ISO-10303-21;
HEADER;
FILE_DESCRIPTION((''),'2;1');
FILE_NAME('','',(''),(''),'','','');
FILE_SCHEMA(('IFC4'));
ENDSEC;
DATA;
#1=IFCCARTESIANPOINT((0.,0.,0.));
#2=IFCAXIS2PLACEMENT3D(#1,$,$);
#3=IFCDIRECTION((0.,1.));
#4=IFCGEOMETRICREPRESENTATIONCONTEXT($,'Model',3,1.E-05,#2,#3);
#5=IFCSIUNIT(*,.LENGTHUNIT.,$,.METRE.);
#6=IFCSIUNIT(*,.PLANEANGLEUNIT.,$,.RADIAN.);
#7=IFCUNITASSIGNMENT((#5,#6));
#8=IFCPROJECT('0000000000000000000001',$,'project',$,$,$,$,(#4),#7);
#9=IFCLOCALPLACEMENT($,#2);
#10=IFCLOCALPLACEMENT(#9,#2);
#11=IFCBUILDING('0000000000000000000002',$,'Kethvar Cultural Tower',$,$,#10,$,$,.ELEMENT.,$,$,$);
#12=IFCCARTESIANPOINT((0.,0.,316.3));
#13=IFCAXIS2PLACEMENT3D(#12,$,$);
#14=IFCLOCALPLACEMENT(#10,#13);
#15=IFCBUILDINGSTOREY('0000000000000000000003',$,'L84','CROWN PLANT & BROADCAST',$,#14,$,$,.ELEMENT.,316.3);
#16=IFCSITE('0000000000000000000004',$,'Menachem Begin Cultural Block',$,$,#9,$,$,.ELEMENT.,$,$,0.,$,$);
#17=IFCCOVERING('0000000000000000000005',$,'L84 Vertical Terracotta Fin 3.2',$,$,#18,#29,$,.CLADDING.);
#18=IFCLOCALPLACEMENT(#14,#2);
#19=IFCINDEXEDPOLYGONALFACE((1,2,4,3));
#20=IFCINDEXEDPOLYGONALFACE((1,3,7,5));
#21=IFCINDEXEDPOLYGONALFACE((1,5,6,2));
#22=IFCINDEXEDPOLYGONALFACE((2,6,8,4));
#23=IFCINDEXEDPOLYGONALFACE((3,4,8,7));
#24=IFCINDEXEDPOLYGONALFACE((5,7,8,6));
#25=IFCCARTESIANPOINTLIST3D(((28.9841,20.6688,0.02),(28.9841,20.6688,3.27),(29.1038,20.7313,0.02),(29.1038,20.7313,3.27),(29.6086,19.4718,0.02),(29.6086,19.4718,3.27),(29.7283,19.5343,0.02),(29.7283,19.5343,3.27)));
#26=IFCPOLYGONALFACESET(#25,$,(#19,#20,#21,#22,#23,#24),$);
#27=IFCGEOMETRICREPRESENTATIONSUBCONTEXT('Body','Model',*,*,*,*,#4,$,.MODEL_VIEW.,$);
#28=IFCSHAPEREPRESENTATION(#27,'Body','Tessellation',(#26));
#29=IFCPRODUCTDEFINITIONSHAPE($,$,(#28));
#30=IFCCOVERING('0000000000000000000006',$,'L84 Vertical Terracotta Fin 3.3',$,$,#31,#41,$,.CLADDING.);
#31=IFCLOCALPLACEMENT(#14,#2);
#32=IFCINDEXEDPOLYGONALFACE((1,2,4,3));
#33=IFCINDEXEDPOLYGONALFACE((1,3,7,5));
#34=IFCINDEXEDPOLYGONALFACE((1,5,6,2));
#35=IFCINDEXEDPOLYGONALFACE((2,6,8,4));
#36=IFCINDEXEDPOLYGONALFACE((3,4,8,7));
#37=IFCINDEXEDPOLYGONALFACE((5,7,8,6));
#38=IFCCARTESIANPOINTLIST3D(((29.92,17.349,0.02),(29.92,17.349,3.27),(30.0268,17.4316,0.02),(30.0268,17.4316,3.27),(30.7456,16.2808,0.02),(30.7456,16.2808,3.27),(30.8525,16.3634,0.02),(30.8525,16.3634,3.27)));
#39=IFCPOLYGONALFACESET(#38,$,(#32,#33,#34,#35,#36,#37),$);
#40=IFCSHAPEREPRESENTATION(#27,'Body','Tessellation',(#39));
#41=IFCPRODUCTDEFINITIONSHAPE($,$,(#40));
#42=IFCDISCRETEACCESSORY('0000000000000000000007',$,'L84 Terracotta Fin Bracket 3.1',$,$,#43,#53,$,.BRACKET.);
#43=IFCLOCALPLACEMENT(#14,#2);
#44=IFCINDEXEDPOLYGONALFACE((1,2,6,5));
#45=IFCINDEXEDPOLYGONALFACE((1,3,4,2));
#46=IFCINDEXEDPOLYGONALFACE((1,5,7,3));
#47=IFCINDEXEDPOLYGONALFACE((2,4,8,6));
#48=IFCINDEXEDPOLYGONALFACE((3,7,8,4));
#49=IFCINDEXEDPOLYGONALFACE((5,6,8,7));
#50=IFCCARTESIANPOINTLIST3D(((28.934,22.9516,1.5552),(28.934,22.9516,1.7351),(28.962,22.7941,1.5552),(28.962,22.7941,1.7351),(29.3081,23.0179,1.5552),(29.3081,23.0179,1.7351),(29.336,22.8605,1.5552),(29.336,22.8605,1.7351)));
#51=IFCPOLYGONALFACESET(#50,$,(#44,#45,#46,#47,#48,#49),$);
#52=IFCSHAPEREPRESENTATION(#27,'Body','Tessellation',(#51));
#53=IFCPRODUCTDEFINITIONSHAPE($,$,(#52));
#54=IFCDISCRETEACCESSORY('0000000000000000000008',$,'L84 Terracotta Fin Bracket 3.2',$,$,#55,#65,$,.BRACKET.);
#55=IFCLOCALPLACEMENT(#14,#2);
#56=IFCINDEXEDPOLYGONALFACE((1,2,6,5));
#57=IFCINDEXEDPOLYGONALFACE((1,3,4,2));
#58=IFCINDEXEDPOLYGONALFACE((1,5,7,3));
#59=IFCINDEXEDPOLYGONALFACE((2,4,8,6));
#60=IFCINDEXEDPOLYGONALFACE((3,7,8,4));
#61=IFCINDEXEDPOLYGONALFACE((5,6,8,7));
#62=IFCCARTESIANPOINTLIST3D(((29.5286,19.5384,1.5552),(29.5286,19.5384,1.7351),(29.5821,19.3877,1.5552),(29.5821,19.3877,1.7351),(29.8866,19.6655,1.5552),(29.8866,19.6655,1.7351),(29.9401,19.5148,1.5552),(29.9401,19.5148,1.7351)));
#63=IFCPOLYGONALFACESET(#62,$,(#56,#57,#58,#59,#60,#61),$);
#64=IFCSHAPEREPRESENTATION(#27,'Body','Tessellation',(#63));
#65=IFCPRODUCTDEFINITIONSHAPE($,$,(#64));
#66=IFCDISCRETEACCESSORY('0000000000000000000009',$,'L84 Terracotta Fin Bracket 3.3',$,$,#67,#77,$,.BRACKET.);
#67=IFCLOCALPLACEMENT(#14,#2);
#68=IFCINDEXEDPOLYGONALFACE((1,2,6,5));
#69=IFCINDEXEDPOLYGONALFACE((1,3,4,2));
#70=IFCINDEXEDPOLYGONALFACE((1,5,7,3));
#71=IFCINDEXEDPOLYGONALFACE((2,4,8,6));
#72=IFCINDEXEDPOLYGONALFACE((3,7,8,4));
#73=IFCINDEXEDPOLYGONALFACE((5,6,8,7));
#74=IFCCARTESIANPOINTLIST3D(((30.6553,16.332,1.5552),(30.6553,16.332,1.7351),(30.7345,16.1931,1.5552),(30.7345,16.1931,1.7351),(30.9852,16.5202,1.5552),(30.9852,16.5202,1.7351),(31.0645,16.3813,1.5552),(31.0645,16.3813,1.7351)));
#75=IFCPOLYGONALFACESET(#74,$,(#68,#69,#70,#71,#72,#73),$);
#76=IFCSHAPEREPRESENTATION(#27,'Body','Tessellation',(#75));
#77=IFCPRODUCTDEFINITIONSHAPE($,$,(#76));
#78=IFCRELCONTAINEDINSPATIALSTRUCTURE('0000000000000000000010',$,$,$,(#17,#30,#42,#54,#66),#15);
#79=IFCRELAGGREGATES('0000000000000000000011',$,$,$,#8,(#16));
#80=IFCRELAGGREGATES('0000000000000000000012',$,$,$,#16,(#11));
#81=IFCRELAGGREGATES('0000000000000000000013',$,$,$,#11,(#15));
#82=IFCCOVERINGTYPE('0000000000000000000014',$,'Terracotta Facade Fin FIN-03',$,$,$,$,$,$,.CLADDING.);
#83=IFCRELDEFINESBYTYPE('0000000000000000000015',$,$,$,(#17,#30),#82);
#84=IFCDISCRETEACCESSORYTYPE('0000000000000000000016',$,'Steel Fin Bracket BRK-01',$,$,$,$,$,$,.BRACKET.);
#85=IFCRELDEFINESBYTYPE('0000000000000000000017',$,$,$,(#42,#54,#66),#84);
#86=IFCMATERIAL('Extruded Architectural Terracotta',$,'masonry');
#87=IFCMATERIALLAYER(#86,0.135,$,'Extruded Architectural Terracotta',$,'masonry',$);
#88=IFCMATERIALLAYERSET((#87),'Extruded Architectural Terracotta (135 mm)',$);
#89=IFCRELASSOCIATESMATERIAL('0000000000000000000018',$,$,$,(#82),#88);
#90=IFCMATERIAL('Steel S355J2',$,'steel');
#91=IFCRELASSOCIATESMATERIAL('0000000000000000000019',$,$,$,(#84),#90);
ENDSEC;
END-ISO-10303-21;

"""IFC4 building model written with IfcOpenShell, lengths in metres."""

from ifc_helpers import new_model, si_unit, direction, frame, origin, origin_2d, place, context, subcontext, project, spatial, rectangle, extrude, source, transform, mapped, material, layer, layer_set, type_object, element, save


model = new_model("IFC4")

# Units and contexts
model_context = context("Model", 3, precision=1e-05, world=origin(), true_north=direction((0.0, 1.0)))
body_context = subcontext(model_context, "Body", "Model", "MODEL_VIEW")
ifc_project = project(units=[si_unit("LENGTHUNIT", "METRE"), si_unit("PLANEANGLEUNIT", "RADIAN")], contexts=[model_context])

# Site, building, storey
site_placement = place(None, origin())
site = spatial("IfcSite", under=ifc_project, at=site_placement, Name="Menachem Begin Cultural Block", CompositionType="ELEMENT", RefElevation=0.0)
building_placement = place(site_placement, origin())
building = spatial("IfcBuilding", under=site, at=building_placement, Name="Kethvar Cultural Tower", CompositionType="ELEMENT")
storey_placement = place(building_placement, frame((0.0, 0.0, 316.3)))
storey = spatial("IfcBuildingStorey", under=building, at=storey_placement, Name="L84", Description="CROWN PLANT & BROADCAST", CompositionType="ELEMENT", Elevation=316.3)

# Shared definitions
ifc_material_1 = material(Name="Steel S355J2", Category="steel")

# Coverings
ifc_material_2 = material(Name="Extruded Architectural Terracotta", Category="masonry")
ifc_layer_1 = layer(ifc_material_2, 0.135, Name="Extruded Architectural Terracotta", Category="masonry")
ifc_layer_set_1 = layer_set([ifc_layer_1], Name="Extruded Architectural Terracotta (135 mm)")
covering_type = type_object("IfcCoveringType", Name="Terracotta Facade Fin FIN-03", PredefinedType="CLADDING", material=ifc_layer_set_1)
shared_shape_1 = source(origin(), body_context, "Body", "SweptSolid", [
    extrude(rectangle(XDim=1.3501, YDim=0.135, at=origin_2d()), origin(), (0.0, 0.0, 1.0), 3.25),
])
for number, where, z_axis, x_axis, name in (
    (1, (29.3562, 20.1016, 0.02), (0.0, 0.0, 1.0), (-0.462523, 0.886608, 0.0), "L84 Vertical Terracotta Fin 3.2"),
    (2, (30.3862, 16.8562, 0.02), (0.0, 0.0, 1.0), (-0.611527, 0.791224, 0.0), "L84 Vertical Terracotta Fin 3.3"),
):
    element("IfcCovering", number, at=place(storey_placement, frame(where, z_axis=z_axis, x_axis=x_axis)), inside=storey, type_object=covering_type, Name=name, PredefinedType="CLADDING", context=body_context, shape_type="MappedRepresentation", body=[
        mapped(shared_shape_1, transform((0.0, 0.0, 0.0), scale=1.0)),
    ])

# Discrete accessories
discrete_accessory_type = type_object("IfcDiscreteAccessoryType", Name="Steel Fin Bracket BRK-01", PredefinedType="BRACKET", material=ifc_material_1)
shared_shape_2 = source(origin(), body_context, "Body", "SweptSolid", [
    extrude(rectangle(XDim=0.3799, YDim=0.1599, at=origin_2d()), origin(), (0.0, 0.0, 1.0), 0.1799),
])
for number, where, z_axis, x_axis, name in (
    (3, (29.135, 22.906, 1.5552), (0.0, 0.0, 1.0), (-0.984625, -0.174679, 0.0), "L84 Terracotta Fin Bracket 3.1"),
    (4, (29.7344, 19.5266, 1.5552), (0.0, 0.0, 1.0), (-0.94235, -0.334629, 0.0), "L84 Terracotta Fin Bracket 3.2"),
    (5, (30.8599, 16.3567, 1.5552), (0.0, 0.0, 1.0), (-0.868632, -0.495459, 0.0), "L84 Terracotta Fin Bracket 3.3"),
):
    element("IfcDiscreteAccessory", number, at=place(storey_placement, frame(where, z_axis=z_axis, x_axis=x_axis)), inside=storey, type_object=discrete_accessory_type, Name=name, PredefinedType="BRACKET", context=body_context, shape_type="MappedRepresentation", body=[
        mapped(shared_shape_2, transform((0.0, 0.0, 0.0), scale=1.0)),
    ])

save(model, "model.ifc")
